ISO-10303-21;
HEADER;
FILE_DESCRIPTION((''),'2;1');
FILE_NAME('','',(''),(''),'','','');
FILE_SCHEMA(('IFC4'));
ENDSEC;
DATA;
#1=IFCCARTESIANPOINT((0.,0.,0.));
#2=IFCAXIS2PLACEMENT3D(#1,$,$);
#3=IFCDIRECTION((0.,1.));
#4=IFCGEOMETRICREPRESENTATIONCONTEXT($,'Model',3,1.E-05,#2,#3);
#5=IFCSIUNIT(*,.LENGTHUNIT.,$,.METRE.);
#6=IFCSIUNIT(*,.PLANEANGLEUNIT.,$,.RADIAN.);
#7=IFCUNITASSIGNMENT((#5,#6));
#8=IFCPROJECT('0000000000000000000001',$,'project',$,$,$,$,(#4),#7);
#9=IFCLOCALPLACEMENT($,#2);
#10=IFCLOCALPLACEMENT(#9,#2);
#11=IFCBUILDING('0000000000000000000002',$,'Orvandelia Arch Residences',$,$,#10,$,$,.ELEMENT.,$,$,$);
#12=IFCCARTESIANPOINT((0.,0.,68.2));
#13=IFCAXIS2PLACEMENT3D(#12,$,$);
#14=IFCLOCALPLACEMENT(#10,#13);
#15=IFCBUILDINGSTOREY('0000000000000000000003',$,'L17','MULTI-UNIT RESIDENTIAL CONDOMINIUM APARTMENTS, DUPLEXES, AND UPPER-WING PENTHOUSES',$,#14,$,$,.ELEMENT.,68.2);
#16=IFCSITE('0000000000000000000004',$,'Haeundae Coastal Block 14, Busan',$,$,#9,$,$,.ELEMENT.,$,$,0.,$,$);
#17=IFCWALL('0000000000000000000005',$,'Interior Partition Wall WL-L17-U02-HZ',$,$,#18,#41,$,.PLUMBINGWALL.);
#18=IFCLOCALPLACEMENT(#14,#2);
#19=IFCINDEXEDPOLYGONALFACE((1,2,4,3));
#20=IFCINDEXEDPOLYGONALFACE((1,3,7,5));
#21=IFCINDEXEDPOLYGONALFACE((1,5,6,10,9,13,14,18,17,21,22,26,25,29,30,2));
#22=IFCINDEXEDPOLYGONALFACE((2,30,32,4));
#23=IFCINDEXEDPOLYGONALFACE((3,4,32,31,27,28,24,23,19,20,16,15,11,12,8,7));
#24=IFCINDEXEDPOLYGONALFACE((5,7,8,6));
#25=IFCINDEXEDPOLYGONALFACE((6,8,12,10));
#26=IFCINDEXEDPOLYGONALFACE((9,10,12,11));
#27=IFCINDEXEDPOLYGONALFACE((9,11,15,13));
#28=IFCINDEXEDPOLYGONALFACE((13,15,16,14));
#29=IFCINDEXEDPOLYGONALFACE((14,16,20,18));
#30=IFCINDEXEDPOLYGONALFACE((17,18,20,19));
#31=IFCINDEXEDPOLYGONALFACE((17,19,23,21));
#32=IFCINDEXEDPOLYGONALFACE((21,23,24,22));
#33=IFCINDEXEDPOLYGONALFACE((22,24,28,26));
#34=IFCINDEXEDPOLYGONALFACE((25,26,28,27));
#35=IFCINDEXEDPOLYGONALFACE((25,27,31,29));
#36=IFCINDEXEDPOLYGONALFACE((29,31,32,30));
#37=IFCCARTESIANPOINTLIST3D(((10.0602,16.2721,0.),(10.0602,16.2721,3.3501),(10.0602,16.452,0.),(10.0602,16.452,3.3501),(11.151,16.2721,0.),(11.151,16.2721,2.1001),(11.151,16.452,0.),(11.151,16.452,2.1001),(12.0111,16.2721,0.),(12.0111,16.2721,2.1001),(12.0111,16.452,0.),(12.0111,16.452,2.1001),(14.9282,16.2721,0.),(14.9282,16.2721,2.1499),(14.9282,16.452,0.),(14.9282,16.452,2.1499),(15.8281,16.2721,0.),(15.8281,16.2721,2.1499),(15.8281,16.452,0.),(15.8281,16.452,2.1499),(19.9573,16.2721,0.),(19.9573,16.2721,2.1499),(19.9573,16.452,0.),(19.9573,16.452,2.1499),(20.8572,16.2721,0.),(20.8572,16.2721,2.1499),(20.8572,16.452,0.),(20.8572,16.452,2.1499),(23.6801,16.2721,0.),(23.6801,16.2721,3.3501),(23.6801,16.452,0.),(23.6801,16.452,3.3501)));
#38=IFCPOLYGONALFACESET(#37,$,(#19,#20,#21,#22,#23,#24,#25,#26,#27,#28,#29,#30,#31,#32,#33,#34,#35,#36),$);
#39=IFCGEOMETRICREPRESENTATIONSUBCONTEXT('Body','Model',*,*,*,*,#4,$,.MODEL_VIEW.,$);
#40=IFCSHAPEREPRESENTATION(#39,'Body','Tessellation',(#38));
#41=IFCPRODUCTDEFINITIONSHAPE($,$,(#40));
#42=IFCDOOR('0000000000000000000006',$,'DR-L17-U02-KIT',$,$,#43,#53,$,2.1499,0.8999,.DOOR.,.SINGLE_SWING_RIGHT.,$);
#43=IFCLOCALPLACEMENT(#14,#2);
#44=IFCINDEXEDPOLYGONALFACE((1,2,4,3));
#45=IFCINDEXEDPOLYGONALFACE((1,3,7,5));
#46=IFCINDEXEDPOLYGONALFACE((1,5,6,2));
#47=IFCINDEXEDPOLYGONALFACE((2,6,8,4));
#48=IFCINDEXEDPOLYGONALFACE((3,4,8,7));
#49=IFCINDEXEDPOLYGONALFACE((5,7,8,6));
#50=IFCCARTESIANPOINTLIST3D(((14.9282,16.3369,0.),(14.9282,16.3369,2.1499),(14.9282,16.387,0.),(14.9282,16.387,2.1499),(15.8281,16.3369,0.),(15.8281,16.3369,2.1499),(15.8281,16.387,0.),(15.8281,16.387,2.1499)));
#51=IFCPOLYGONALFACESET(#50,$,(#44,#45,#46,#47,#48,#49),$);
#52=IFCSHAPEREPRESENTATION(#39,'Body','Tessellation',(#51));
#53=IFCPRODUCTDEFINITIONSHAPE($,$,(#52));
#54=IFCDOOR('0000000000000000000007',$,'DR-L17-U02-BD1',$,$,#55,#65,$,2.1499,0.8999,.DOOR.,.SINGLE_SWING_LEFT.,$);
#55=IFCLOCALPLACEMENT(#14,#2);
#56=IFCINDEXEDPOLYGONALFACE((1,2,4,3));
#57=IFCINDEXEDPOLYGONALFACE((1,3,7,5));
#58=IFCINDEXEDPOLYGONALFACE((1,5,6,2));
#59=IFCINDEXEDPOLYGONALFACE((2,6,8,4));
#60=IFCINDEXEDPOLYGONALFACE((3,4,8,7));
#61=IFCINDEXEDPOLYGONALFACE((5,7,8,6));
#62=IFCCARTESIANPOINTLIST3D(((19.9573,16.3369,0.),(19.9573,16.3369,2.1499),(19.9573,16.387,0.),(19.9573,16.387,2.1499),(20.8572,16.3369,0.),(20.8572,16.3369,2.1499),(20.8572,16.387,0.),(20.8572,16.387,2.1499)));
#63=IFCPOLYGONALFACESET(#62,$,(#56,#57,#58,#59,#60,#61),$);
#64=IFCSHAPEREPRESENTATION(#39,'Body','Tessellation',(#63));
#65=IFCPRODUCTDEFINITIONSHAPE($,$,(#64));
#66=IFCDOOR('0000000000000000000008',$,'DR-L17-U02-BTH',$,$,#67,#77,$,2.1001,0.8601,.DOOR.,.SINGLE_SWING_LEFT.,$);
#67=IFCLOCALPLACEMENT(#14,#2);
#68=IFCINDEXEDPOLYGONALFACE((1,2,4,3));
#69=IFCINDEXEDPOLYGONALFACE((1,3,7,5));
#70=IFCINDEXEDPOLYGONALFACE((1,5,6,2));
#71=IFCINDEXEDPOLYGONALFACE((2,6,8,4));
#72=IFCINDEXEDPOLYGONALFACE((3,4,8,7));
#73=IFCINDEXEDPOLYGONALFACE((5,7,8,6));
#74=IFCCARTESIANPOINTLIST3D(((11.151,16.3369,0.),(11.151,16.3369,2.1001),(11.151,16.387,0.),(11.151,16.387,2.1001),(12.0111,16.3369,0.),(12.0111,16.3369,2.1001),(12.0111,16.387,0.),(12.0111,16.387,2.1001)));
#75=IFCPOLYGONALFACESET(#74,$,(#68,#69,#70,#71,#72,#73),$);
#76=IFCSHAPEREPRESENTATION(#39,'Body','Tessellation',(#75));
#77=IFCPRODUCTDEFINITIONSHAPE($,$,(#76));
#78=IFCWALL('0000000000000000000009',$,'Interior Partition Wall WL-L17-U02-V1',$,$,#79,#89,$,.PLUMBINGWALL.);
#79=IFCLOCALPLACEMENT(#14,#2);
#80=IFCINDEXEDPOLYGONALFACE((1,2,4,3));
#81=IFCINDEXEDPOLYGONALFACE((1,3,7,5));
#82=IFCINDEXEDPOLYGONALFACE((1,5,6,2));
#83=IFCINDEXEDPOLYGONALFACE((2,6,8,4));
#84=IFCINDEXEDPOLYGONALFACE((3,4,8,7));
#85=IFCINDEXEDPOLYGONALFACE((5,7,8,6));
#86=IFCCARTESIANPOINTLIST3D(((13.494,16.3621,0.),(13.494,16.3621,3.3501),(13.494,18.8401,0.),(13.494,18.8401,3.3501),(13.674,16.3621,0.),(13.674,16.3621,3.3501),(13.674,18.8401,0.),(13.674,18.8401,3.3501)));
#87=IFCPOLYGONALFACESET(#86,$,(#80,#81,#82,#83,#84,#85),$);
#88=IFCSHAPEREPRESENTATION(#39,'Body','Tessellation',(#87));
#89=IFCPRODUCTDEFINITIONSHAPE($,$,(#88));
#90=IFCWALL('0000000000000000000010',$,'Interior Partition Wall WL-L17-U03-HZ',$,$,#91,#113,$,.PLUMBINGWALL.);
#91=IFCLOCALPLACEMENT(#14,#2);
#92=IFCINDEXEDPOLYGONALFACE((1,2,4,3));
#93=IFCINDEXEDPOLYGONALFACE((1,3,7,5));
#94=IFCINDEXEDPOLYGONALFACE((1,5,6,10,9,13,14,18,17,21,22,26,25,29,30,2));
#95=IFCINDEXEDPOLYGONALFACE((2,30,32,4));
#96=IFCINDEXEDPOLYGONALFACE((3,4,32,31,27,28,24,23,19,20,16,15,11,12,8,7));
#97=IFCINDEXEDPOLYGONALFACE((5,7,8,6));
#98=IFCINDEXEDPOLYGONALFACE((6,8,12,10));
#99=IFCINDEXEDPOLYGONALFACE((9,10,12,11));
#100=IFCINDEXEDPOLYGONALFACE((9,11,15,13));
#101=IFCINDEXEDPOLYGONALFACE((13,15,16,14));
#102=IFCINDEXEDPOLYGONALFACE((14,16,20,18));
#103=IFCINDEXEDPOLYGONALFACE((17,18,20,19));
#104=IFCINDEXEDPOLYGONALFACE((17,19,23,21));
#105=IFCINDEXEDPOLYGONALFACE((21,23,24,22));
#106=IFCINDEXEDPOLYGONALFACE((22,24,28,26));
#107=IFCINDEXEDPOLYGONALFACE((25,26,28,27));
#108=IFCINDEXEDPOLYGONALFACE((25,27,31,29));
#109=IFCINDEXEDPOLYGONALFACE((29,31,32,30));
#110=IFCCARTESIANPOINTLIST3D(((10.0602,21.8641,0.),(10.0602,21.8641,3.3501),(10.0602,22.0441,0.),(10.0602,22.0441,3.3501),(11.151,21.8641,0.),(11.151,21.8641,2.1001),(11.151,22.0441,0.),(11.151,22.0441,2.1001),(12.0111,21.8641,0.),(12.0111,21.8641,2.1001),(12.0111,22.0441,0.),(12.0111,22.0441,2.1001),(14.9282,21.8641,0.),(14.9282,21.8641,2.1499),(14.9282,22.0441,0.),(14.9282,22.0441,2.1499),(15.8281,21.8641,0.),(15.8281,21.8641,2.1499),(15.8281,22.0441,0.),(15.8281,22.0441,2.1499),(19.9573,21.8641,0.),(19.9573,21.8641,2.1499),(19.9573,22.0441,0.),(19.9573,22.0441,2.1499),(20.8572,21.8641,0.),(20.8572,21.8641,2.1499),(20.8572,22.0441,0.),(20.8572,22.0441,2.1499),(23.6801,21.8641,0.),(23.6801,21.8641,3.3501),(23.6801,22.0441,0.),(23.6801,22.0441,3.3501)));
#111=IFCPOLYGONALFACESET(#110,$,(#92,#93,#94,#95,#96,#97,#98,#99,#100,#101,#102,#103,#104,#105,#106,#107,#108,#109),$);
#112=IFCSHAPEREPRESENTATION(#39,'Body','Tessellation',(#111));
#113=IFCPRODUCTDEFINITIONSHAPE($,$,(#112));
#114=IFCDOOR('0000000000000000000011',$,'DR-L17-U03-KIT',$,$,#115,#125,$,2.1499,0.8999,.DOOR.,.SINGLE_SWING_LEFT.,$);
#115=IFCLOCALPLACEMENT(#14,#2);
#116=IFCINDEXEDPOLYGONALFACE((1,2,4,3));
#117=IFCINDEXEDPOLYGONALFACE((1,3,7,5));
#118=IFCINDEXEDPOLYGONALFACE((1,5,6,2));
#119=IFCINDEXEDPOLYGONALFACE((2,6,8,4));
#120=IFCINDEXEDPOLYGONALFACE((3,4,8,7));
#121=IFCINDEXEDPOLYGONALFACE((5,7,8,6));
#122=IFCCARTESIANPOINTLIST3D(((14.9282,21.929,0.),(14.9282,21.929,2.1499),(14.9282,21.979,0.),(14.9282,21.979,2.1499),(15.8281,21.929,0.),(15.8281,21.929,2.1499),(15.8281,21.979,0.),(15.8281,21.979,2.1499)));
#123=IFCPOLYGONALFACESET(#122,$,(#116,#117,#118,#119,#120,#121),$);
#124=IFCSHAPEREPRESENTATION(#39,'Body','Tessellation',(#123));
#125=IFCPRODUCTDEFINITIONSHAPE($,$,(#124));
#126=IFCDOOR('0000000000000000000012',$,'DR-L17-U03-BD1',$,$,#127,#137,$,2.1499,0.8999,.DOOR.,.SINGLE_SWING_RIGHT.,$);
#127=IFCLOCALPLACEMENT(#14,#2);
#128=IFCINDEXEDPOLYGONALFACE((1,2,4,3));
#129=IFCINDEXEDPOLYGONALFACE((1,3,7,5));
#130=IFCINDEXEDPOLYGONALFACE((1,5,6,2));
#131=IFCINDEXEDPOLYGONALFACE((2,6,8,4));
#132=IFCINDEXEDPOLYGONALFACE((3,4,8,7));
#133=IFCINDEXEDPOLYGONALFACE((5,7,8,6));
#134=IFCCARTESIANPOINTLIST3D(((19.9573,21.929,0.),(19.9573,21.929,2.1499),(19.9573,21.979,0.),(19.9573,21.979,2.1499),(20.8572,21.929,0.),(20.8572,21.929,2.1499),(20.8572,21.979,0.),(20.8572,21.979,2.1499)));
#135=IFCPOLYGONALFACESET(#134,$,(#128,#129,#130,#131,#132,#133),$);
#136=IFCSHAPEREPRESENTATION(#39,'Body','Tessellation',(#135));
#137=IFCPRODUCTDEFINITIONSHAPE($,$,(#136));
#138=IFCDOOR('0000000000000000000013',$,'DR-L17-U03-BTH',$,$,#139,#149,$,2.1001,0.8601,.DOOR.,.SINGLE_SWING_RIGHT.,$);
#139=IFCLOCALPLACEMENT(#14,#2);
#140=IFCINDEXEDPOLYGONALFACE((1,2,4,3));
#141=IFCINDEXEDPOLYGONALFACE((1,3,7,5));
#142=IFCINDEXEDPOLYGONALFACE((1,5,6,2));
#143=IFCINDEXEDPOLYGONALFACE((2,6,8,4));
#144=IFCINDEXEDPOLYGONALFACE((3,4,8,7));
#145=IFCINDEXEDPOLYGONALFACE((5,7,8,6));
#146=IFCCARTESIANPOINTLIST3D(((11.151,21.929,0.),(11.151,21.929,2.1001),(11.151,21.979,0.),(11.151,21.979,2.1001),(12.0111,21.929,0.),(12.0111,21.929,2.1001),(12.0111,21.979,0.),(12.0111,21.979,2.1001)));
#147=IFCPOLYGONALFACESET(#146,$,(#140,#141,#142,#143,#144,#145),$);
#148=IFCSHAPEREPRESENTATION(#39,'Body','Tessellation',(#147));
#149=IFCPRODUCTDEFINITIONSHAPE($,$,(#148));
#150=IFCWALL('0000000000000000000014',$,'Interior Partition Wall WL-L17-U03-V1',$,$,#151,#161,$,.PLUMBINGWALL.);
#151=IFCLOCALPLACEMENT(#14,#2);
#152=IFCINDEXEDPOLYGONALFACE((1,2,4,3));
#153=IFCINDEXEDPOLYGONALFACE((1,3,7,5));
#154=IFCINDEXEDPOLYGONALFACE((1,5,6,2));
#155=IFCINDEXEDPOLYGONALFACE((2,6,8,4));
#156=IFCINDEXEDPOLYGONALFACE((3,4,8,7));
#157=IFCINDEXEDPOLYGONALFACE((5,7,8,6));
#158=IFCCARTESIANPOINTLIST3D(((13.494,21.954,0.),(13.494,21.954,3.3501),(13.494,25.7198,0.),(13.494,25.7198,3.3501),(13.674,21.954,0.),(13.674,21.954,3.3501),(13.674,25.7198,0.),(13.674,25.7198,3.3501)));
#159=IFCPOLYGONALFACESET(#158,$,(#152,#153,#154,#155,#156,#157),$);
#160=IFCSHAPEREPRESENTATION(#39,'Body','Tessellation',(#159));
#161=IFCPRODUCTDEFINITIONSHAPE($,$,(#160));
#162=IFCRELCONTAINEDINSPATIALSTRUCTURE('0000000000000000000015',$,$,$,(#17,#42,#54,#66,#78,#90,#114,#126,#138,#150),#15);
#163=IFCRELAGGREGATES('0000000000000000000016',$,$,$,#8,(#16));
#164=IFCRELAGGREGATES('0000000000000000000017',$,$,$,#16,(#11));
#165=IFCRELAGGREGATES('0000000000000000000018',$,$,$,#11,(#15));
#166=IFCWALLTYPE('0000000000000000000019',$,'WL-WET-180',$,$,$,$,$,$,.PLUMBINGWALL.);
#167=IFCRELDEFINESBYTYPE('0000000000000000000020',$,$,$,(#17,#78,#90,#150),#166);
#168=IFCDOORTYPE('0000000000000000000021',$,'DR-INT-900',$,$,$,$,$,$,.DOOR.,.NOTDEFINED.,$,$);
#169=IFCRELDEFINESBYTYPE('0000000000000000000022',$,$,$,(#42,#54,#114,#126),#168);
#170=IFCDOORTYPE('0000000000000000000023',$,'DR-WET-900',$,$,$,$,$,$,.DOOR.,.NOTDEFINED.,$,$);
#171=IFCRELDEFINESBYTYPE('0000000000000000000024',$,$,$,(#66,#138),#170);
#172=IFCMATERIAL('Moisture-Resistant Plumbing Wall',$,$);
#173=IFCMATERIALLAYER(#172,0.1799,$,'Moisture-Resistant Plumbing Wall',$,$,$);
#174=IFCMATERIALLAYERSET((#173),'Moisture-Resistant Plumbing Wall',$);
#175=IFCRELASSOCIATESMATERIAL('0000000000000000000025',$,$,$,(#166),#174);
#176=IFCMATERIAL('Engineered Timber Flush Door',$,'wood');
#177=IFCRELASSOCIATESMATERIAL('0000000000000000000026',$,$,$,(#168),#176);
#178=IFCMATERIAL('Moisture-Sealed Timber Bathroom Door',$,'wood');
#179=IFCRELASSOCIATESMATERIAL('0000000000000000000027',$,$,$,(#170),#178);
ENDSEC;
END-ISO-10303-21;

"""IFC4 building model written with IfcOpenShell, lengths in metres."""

from ifc_helpers import new_model, si_unit, direction, frame, frame_2d, origin, place, context, subcontext, project, spatial, rectangle, extrude, material, layer, layer_set, type_object, element, fill, save


model = new_model("IFC4")

# Units and contexts
model_context = context("Model", 3, precision=1e-05, world=origin(), true_north=direction((0.0, 1.0)))
body_context = subcontext(model_context, "Body", "Model", "MODEL_VIEW")
ifc_project = project(units=[si_unit("LENGTHUNIT", "METRE"), si_unit("PLANEANGLEUNIT", "RADIAN")], contexts=[model_context])

# Site, building, storey
site_placement = place(None, origin())
site = spatial("IfcSite", under=ifc_project, at=site_placement, Name="Haeundae Coastal Block 14, Busan", CompositionType="ELEMENT", RefElevation=0.0)
building_placement = place(site_placement, origin())
building = spatial("IfcBuilding", under=site, at=building_placement, Name="Orvandelia Arch Residences", CompositionType="ELEMENT")
storey_placement = place(building_placement, frame((0.0, 0.0, 68.2)))
storey = spatial("IfcBuildingStorey", under=building, at=storey_placement, Name="L17", Description="MULTI-UNIT RESIDENTIAL CONDOMINIUM APARTMENTS, DUPLEXES, AND UPPER-WING PENTHOUSES", CompositionType="ELEMENT", Elevation=68.2)

# Wall, openings, doors
ifc_material_1 = material(Name="Moisture-Resistant Plumbing Wall")
ifc_layer_1 = layer(ifc_material_1, 0.1799, Name="Moisture-Resistant Plumbing Wall")
ifc_layer_set_1 = layer_set([ifc_layer_1], Name="Moisture-Resistant Plumbing Wall")
wall_type_1 = type_object("IfcWallType", Name="WL-WET-180", PredefinedType="PLUMBINGWALL", material=ifc_layer_set_1)
wall_1_placement = place(storey_placement, frame((10.0601, 16.3621, 0.0), z_axis=(0.0, 0.0, 1.0), x_axis=(1.0, 0.0, 0.0)))
wall_1 = element("IfcWall", 1, at=wall_1_placement, inside=storey, type_object=wall_type_1, Name="Interior Partition Wall WL-L17-U02-HZ", PredefinedType="PLUMBINGWALL", context=body_context, shape_type="SweptSolid", body=[
    extrude(rectangle(XDim=13.6199, YDim=0.1799, at=frame_2d((6.8101, 0.0))), origin(), (0.0, 0.0, 1.0), 3.3501),
])
opening_1_placement = place(wall_1_placement, frame((1.0908, 0.0, 0.0)))
opening_1 = element("IfcOpeningElement", 2, at=opening_1_placement, cuts=wall_1, PredefinedType="OPENING", context=body_context, shape_type="SweptSolid", body=[
    extrude(rectangle(XDim=0.8601, YDim=2.1001, at=frame_2d((0.4302, 1.05))), frame((0.0, 0.1001, 0.0), z_axis=(0.0, -1.0, 0.0), x_axis=(1.0, 0.0, 0.0)), (0.0, 0.0, 1.0), 0.2),
])
opening_2_placement = place(wall_1_placement, frame((4.8682, 0.0, 0.0)))
opening_2 = element("IfcOpeningElement", 3, at=opening_2_placement, cuts=wall_1, PredefinedType="OPENING", context=body_context, shape_type="SweptSolid", body=[
    extrude(rectangle(XDim=0.8999, YDim=2.1499, at=frame_2d((0.45, 1.075))), frame((0.0, 0.1001, 0.0), z_axis=(0.0, -1.0, 0.0), x_axis=(1.0, 0.0, 0.0)), (0.0, 0.0, 1.0), 0.2),
])
opening_3_placement = place(wall_1_placement, frame((9.8972, 0.0, 0.0)))
opening_3 = element("IfcOpeningElement", 4, at=opening_3_placement, cuts=wall_1, PredefinedType="OPENING", context=body_context, shape_type="SweptSolid", body=[
    extrude(rectangle(XDim=0.8999, YDim=2.1499, at=frame_2d((0.45, 1.075))), frame((0.0, 0.1001, 0.0), z_axis=(0.0, -1.0, 0.0), x_axis=(1.0, 0.0, 0.0)), (0.0, 0.0, 1.0), 0.2),
])
ifc_material_2 = material(Name="Engineered Timber Flush Door", Category="wood")
door_type_1 = type_object("IfcDoorType", Name="DR-INT-900", OperationType="NOTDEFINED", PredefinedType="DOOR", material=ifc_material_2)
door_1_placement = place(opening_2_placement, origin())
door_1 = element("IfcDoor", 5, at=door_1_placement, inside=storey, type_object=door_type_1, Name="DR-L17-U02-KIT", OperationType="SINGLE_SWING_RIGHT", OverallHeight=2.1499, OverallWidth=0.8999, PredefinedType="DOOR", context=body_context, shape_type="SweptSolid", body=[
    extrude(rectangle(XDim=0.8999, YDim=2.1499, at=frame_2d((0.45, 1.075))), frame((0.0, 0.0249, 0.0), z_axis=(0.0, -1.0, 0.0), x_axis=(1.0, 0.0, 0.0)), (0.0, 0.0, 1.0), 0.05),
])
fill(opening_2, door_1)
door_2_placement = place(opening_3_placement, origin())
door_2 = element("IfcDoor", 6, at=door_2_placement, inside=storey, type_object=door_type_1, Name="DR-L17-U02-BD1", OperationType="SINGLE_SWING_LEFT", OverallHeight=2.1499, OverallWidth=0.8999, PredefinedType="DOOR", context=body_context, shape_type="SweptSolid", body=[
    extrude(rectangle(XDim=0.8999, YDim=2.1499, at=frame_2d((0.45, 1.075))), frame((0.0, 0.0249, 0.0), z_axis=(0.0, -1.0, 0.0), x_axis=(1.0, 0.0, 0.0)), (0.0, 0.0, 1.0), 0.05),
])
fill(opening_3, door_2)
ifc_material_3 = material(Name="Moisture-Sealed Timber Bathroom Door", Category="wood")
door_type_2 = type_object("IfcDoorType", Name="DR-WET-900", OperationType="NOTDEFINED", PredefinedType="DOOR", material=ifc_material_3)
door_3_placement = place(opening_1_placement, origin())
door_3 = element("IfcDoor", 7, at=door_3_placement, inside=storey, type_object=door_type_2, Name="DR-L17-U02-BTH", OperationType="SINGLE_SWING_LEFT", OverallHeight=2.1001, OverallWidth=0.8601, PredefinedType="DOOR", context=body_context, shape_type="SweptSolid", body=[
    extrude(rectangle(XDim=0.8601, YDim=2.1001, at=frame_2d((0.4302, 1.05))), frame((0.0, 0.0249, 0.0), z_axis=(0.0, -1.0, 0.0), x_axis=(1.0, 0.0, 0.0)), (0.0, 0.0, 1.0), 0.05),
])
fill(opening_1, door_3)

# Wall
wall_2_placement = place(storey_placement, frame((13.584, 16.3621, 0.0), z_axis=(0.0, 0.0, 1.0), x_axis=(0.0, 1.0, 0.0)))
element("IfcWall", 8, at=wall_2_placement, inside=storey, type_object=wall_type_1, Name="Interior Partition Wall WL-L17-U02-V1", PredefinedType="PLUMBINGWALL", context=body_context, shape_type="SweptSolid", body=[
    extrude(rectangle(XDim=2.478, YDim=0.1799, at=frame_2d((1.239, 0.0))), origin(), (0.0, 0.0, 1.0), 3.3501),
])

# Wall, openings, doors
wall_3_placement = place(storey_placement, frame((10.0601, 21.9541, 0.0), z_axis=(0.0, 0.0, 1.0), x_axis=(1.0, 0.0, 0.0)))
wall_3 = element("IfcWall", 9, at=wall_3_placement, inside=storey, type_object=wall_type_1, Name="Interior Partition Wall WL-L17-U03-HZ", PredefinedType="PLUMBINGWALL", context=body_context, shape_type="SweptSolid", body=[
    extrude(rectangle(XDim=13.6199, YDim=0.1799, at=frame_2d((6.8101, 0.0))), origin(), (0.0, 0.0, 1.0), 3.3501),
])
opening_4_placement = place(wall_3_placement, frame((1.0908, 0.0, 0.0)))
opening_4 = element("IfcOpeningElement", 10, at=opening_4_placement, cuts=wall_3, PredefinedType="OPENING", context=body_context, shape_type="SweptSolid", body=[
    extrude(rectangle(XDim=0.8601, YDim=2.1001, at=frame_2d((0.4302, 1.05))), frame((0.0, 0.1001, 0.0), z_axis=(0.0, -1.0, 0.0), x_axis=(1.0, 0.0, 0.0)), (0.0, 0.0, 1.0), 0.2),
])
opening_5_placement = place(wall_3_placement, frame((4.8682, 0.0, 0.0)))
opening_5 = element("IfcOpeningElement", 11, at=opening_5_placement, cuts=wall_3, PredefinedType="OPENING", context=body_context, shape_type="SweptSolid", body=[
    extrude(rectangle(XDim=0.8999, YDim=2.1499, at=frame_2d((0.45, 1.075))), frame((0.0, 0.1001, 0.0), z_axis=(0.0, -1.0, 0.0), x_axis=(1.0, 0.0, 0.0)), (0.0, 0.0, 1.0), 0.2),
])
opening_6_placement = place(wall_3_placement, frame((9.8972, 0.0, 0.0)))
opening_6 = element("IfcOpeningElement", 12, at=opening_6_placement, cuts=wall_3, PredefinedType="OPENING", context=body_context, shape_type="SweptSolid", body=[
    extrude(rectangle(XDim=0.8999, YDim=2.1499, at=frame_2d((0.45, 1.075))), frame((0.0, 0.1001, 0.0), z_axis=(0.0, -1.0, 0.0), x_axis=(1.0, 0.0, 0.0)), (0.0, 0.0, 1.0), 0.2),
])
door_4_placement = place(opening_5_placement, origin())
door_4 = element("IfcDoor", 13, at=door_4_placement, inside=storey, type_object=door_type_1, Name="DR-L17-U03-KIT", OperationType="SINGLE_SWING_LEFT", OverallHeight=2.1499, OverallWidth=0.8999, PredefinedType="DOOR", context=body_context, shape_type="SweptSolid", body=[
    extrude(rectangle(XDim=0.8999, YDim=2.1499, at=frame_2d((0.45, 1.075))), frame((0.0, 0.0249, 0.0), z_axis=(0.0, -1.0, 0.0), x_axis=(1.0, 0.0, 0.0)), (0.0, 0.0, 1.0), 0.05),
])
fill(opening_5, door_4)
door_5_placement = place(opening_6_placement, origin())
door_5 = element("IfcDoor", 14, at=door_5_placement, inside=storey, type_object=door_type_1, Name="DR-L17-U03-BD1", OperationType="SINGLE_SWING_RIGHT", OverallHeight=2.1499, OverallWidth=0.8999, PredefinedType="DOOR", context=body_context, shape_type="SweptSolid", body=[
    extrude(rectangle(XDim=0.8999, YDim=2.1499, at=frame_2d((0.45, 1.075))), frame((0.0, 0.0249, 0.0), z_axis=(0.0, -1.0, 0.0), x_axis=(1.0, 0.0, 0.0)), (0.0, 0.0, 1.0), 0.05),
])
fill(opening_6, door_5)
door_6_placement = place(opening_4_placement, origin())
door_6 = element("IfcDoor", 15, at=door_6_placement, inside=storey, type_object=door_type_2, Name="DR-L17-U03-BTH", OperationType="SINGLE_SWING_RIGHT", OverallHeight=2.1001, OverallWidth=0.8601, PredefinedType="DOOR", context=body_context, shape_type="SweptSolid", body=[
    extrude(rectangle(XDim=0.8601, YDim=2.1001, at=frame_2d((0.4302, 1.05))), frame((0.0, 0.0249, 0.0), z_axis=(0.0, -1.0, 0.0), x_axis=(1.0, 0.0, 0.0)), (0.0, 0.0, 1.0), 0.05),
])
fill(opening_4, door_6)

# Wall
wall_4_placement = place(storey_placement, frame((13.584, 21.9541, 0.0), z_axis=(0.0, 0.0, 1.0), x_axis=(0.0, 1.0, 0.0)))
element("IfcWall", 16, at=wall_4_placement, inside=storey, type_object=wall_type_1, Name="Interior Partition Wall WL-L17-U03-V1", PredefinedType="PLUMBINGWALL", context=body_context, shape_type="SweptSolid", body=[
    extrude(rectangle(XDim=3.7659, YDim=0.1799, at=frame_2d((1.8828, 0.0))), origin(), (0.0, 0.0, 1.0), 3.3501),
])

save(model, "model.ifc")
